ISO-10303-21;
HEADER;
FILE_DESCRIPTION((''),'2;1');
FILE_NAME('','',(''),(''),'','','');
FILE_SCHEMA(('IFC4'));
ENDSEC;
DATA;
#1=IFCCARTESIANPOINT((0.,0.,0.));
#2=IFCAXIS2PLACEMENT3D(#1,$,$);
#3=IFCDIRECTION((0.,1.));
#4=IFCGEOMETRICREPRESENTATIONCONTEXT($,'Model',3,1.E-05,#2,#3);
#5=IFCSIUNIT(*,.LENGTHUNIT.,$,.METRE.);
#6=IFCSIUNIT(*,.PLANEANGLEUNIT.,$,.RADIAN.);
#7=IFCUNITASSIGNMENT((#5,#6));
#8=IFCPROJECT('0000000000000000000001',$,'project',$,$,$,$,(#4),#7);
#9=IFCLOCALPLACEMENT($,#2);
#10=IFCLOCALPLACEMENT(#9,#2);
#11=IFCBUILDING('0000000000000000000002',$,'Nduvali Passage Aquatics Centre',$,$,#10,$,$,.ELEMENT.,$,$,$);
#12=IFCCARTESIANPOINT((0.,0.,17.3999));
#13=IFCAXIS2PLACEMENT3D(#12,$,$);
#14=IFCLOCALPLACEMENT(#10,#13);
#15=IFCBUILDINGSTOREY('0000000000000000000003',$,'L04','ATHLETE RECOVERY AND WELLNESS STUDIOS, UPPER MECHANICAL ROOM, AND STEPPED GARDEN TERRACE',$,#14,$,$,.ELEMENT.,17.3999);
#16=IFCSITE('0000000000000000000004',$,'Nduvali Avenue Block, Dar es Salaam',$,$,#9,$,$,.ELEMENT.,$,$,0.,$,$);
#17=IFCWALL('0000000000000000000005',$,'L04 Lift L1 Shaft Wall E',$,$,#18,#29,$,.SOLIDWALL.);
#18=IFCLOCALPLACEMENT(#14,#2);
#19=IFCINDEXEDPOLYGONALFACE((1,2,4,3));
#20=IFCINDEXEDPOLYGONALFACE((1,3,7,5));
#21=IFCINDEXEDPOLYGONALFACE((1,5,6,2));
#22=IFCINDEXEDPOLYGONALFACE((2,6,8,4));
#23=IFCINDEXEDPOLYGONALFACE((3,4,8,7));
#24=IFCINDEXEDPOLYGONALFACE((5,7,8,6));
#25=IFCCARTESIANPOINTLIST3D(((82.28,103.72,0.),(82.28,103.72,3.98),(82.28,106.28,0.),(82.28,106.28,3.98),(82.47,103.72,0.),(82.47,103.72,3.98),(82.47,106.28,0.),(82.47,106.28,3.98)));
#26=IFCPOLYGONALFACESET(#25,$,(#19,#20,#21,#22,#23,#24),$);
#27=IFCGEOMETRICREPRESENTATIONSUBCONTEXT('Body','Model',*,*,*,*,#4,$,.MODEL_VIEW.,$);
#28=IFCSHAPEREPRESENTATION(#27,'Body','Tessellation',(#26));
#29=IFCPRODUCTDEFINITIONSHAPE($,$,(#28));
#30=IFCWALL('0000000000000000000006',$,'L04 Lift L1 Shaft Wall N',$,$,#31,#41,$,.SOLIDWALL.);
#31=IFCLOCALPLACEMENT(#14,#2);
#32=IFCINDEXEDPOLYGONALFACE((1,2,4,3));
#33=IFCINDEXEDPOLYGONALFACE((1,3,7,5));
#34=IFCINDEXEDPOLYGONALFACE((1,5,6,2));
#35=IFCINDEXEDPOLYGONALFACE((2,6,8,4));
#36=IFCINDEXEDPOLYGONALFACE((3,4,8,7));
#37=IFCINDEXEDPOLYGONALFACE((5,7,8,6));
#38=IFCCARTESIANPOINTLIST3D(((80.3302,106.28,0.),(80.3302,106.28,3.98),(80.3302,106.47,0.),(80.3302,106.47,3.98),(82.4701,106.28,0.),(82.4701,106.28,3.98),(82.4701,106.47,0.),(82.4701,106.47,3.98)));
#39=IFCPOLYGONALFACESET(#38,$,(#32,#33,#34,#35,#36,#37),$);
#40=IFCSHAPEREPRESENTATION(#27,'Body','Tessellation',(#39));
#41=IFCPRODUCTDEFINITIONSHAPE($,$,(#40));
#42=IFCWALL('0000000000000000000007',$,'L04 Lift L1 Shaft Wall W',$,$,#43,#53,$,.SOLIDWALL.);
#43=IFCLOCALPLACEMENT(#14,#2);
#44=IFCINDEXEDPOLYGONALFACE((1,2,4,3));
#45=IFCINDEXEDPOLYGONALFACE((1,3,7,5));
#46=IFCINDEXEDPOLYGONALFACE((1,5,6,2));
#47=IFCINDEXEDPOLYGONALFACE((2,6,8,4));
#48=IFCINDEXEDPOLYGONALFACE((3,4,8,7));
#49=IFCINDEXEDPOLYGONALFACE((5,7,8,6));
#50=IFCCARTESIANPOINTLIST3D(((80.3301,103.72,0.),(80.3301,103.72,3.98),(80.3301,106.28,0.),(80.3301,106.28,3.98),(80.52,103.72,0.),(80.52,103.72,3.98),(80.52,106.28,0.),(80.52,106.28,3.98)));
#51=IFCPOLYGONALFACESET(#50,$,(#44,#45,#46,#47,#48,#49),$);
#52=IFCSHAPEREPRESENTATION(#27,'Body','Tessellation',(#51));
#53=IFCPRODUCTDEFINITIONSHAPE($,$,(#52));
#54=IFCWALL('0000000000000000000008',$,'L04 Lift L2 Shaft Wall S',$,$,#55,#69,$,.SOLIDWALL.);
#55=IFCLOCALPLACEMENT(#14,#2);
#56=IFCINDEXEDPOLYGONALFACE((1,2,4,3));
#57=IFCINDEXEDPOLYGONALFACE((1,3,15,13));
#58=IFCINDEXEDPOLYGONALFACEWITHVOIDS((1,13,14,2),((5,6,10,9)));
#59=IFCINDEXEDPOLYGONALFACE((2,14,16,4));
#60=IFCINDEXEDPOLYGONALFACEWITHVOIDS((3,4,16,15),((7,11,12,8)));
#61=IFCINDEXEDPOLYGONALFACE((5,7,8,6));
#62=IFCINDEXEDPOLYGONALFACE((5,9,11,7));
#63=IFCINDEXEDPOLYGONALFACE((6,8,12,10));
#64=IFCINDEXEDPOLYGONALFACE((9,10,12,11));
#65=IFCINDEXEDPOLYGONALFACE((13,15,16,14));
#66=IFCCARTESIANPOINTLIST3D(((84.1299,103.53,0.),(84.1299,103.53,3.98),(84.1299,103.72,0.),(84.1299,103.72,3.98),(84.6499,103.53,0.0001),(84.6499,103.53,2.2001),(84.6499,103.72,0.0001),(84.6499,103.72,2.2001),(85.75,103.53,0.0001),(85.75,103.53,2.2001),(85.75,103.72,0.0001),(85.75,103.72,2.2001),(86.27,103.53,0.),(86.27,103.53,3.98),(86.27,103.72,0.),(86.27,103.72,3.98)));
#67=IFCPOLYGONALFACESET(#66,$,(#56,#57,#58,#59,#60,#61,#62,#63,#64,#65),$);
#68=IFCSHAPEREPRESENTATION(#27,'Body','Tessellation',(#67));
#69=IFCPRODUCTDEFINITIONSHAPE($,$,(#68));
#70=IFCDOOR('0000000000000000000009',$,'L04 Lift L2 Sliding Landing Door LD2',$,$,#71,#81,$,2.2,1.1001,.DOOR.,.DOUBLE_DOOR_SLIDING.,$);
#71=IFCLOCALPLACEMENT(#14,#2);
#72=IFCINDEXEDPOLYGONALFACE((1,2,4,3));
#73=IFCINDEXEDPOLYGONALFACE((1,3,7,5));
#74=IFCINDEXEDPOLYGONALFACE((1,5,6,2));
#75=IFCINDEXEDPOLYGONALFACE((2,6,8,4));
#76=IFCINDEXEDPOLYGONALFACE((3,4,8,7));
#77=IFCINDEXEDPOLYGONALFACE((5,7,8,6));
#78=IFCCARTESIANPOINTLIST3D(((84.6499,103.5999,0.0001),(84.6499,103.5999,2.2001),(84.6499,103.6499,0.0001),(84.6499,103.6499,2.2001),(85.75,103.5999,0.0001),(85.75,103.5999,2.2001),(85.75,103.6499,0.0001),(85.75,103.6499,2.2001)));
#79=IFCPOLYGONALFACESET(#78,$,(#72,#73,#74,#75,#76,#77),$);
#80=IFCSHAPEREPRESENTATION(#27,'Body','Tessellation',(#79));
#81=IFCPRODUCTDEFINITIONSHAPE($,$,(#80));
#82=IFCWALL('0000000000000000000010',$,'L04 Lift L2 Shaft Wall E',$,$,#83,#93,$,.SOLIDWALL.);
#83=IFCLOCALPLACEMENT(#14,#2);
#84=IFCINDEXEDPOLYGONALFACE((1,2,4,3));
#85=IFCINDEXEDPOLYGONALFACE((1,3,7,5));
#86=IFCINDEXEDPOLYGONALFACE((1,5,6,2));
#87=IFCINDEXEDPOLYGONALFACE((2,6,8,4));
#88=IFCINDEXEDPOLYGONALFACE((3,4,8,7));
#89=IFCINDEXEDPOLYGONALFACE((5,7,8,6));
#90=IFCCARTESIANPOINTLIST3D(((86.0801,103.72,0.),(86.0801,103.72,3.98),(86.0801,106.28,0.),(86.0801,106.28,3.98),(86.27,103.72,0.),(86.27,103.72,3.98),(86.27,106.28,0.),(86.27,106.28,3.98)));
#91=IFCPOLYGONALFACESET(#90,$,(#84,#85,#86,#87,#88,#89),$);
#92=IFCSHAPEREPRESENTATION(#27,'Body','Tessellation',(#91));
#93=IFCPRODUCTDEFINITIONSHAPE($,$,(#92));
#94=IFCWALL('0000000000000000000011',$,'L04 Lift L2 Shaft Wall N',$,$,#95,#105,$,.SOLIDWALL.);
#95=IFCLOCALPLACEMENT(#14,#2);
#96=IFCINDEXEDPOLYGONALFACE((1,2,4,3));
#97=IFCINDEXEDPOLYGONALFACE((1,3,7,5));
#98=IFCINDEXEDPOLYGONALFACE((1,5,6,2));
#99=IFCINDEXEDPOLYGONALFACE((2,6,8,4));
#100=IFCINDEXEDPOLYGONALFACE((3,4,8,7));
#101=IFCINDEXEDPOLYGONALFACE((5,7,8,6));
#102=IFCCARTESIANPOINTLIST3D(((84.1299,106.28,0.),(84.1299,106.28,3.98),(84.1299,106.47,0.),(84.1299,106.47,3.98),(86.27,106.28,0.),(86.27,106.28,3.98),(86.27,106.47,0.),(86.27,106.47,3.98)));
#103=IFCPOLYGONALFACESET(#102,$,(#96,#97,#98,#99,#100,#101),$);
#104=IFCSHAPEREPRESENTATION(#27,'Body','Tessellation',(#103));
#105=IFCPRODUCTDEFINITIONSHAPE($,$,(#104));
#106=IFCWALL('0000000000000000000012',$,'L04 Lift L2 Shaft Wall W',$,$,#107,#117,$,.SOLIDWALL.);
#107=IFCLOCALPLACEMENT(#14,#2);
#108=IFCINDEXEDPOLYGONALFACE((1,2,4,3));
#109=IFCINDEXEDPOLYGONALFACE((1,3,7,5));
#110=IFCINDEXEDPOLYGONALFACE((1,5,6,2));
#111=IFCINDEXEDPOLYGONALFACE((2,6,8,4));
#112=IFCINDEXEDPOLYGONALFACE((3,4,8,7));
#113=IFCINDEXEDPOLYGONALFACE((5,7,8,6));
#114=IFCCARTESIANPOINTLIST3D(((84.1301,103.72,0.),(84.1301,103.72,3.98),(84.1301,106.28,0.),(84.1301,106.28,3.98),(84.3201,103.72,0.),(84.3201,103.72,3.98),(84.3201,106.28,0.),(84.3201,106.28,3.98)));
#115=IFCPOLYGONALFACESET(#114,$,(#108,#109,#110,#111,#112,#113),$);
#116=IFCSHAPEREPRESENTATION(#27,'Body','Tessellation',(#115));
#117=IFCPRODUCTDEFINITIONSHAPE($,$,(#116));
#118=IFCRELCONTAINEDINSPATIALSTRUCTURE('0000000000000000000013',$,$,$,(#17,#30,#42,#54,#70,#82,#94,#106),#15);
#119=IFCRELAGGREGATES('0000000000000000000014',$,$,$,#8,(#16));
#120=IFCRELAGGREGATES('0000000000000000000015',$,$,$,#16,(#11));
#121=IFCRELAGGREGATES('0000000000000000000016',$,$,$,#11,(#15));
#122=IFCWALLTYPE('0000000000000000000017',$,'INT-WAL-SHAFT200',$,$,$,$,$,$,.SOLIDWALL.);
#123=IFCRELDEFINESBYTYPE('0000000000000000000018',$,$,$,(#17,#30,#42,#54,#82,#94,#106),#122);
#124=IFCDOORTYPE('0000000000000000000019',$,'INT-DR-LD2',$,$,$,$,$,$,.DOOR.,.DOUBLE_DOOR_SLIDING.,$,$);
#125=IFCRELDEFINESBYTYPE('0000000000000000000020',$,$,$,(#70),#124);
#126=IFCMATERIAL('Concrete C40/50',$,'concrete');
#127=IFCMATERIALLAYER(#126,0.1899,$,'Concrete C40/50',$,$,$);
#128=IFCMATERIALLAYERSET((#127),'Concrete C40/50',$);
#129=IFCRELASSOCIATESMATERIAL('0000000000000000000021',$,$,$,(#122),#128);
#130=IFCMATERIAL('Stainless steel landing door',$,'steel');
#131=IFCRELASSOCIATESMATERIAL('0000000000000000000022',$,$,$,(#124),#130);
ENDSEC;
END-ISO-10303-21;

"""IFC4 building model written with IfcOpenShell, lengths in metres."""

from ifc_helpers import new_model, si_unit, direction, frame, frame_2d, origin, place, context, subcontext, project, spatial, rectangle, extrude, material, layer, layer_set, type_object, element, fill, save


model = new_model("IFC4")

# Units and contexts
model_context = context("Model", 3, precision=1e-05, world=origin(), true_north=direction((0.0, 1.0)))
body_context = subcontext(model_context, "Body", "Model", "MODEL_VIEW")
ifc_project = project(units=[si_unit("LENGTHUNIT", "METRE"), si_unit("PLANEANGLEUNIT", "RADIAN")], contexts=[model_context])

# Site, building, storey
site_placement = place(None, origin())
site = spatial("IfcSite", under=ifc_project, at=site_placement, Name="Nduvali Avenue Block, Dar es Salaam", CompositionType="ELEMENT", RefElevation=0.0)
building_placement = place(site_placement, origin())
building = spatial("IfcBuilding", under=site, at=building_placement, Name="Nduvali Passage Aquatics Centre", CompositionType="ELEMENT")
storey_placement = place(building_placement, frame((0.0, 0.0, 17.3999)))
storey = spatial("IfcBuildingStorey", under=building, at=storey_placement, Name="L04", Description="ATHLETE RECOVERY AND WELLNESS STUDIOS, UPPER MECHANICAL ROOM, AND STEPPED GARDEN TERRACE", CompositionType="ELEMENT", Elevation=17.3999)

# Walls
ifc_material_1 = material(Name="Concrete C40/50", Category="concrete")
ifc_layer_1 = layer(ifc_material_1, 0.1899, Name="Concrete C40/50")
ifc_layer_set_1 = layer_set([ifc_layer_1], Name="Concrete C40/50")
wall_type_1 = type_object("IfcWallType", Name="INT-WAL-SHAFT200", PredefinedType="SOLIDWALL", material=ifc_layer_set_1)
wall_1_placement = place(storey_placement, frame((82.375, 103.72, 0.0), z_axis=(0.0, 0.0, 1.0), x_axis=(0.0, 1.0, 0.0)))
element("IfcWall", 1, at=wall_1_placement, inside=storey, type_object=wall_type_1, Name="L04 Lift L1 Shaft Wall E", PredefinedType="SOLIDWALL", context=body_context, shape_type="SweptSolid", body=[
    extrude(rectangle(XDim=2.5601, YDim=0.1899, at=frame_2d((1.28, 0.0))), origin(), (0.0, 0.0, 1.0), 3.98),
])
wall_2_placement = place(storey_placement, frame((82.47, 106.375, 0.0), z_axis=(0.0, 0.0, 1.0), x_axis=(-1.0, 0.0, 0.0)))
element("IfcWall", 2, at=wall_2_placement, inside=storey, type_object=wall_type_1, Name="L04 Lift L1 Shaft Wall N", PredefinedType="SOLIDWALL", context=body_context, shape_type="SweptSolid", body=[
    extrude(rectangle(XDim=2.1399, YDim=0.1899, at=frame_2d((1.0698, 0.0))), origin(), (0.0, 0.0, 1.0), 3.98),
])
wall_3_placement = place(storey_placement, frame((80.425, 106.28, 0.0), z_axis=(0.0, 0.0, 1.0), x_axis=(0.0, -1.0, 0.0)))
element("IfcWall", 3, at=wall_3_placement, inside=storey, type_object=wall_type_1, Name="L04 Lift L1 Shaft Wall W", PredefinedType="SOLIDWALL", context=body_context, shape_type="SweptSolid", body=[
    extrude(rectangle(XDim=2.5601, YDim=0.1899, at=frame_2d((1.28, 0.0))), origin(), (0.0, 0.0, 1.0), 3.98),
])

# Wall, opening, door
wall_4_placement = place(storey_placement, frame((84.1299, 103.625, 0.0), z_axis=(0.0, 0.0, 1.0), x_axis=(1.0, 0.0, 0.0)))
wall_4 = element("IfcWall", 4, at=wall_4_placement, inside=storey, type_object=wall_type_1, Name="L04 Lift L2 Shaft Wall S", PredefinedType="SOLIDWALL", context=body_context, shape_type="SweptSolid", body=[
    extrude(rectangle(XDim=2.1401, YDim=0.1899, at=frame_2d((1.0701, 0.0))), origin(), (0.0, 0.0, 1.0), 3.98),
])
opening_1_placement = place(wall_4_placement, frame((0.52, 0.0, 0.0)))
opening_1 = element("IfcOpeningElement", 5, at=opening_1_placement, cuts=wall_4, PredefinedType="OPENING", context=body_context, shape_type="SweptSolid", body=[
    extrude(rectangle(XDim=1.1001, YDim=2.2, at=frame_2d((0.55, 1.1001))), frame((0.0, 0.1099, 0.0), z_axis=(0.0, -1.0, 0.0), x_axis=(1.0, 0.0, 0.0)), (0.0, 0.0, 1.0), 0.2197),
])
ifc_material_2 = material(Name="Stainless steel landing door", Category="steel")
door_type_1 = type_object("IfcDoorType", Name="INT-DR-LD2", OperationType="DOUBLE_DOOR_SLIDING", PredefinedType="DOOR", material=ifc_material_2)
door_1_placement = place(opening_1_placement, origin())
door_1 = element("IfcDoor", 6, at=door_1_placement, inside=storey, type_object=door_type_1, Name="L04 Lift L2 Sliding Landing Door LD2", OperationType="DOUBLE_DOOR_SLIDING", OverallHeight=2.2, OverallWidth=1.1001, PredefinedType="DOOR", context=body_context, shape_type="SweptSolid", body=[
    extrude(rectangle(XDim=1.1001, YDim=2.2, at=frame_2d((0.55, 1.1001))), frame((0.0, 0.0249, 0.0), z_axis=(0.0, -1.0, 0.0), x_axis=(1.0, 0.0, 0.0)), (0.0, 0.0, 1.0), 0.05),
])
fill(opening_1, door_1)

# Walls
wall_5_placement = place(storey_placement, frame((86.175, 103.72, 0.0), z_axis=(0.0, 0.0, 1.0), x_axis=(0.0, 1.0, 0.0)))
element("IfcWall", 7, at=wall_5_placement, inside=storey, type_object=wall_type_1, Name="L04 Lift L2 Shaft Wall E", PredefinedType="SOLIDWALL", context=body_context, shape_type="SweptSolid", body=[
    extrude(rectangle(XDim=2.5601, YDim=0.1899, at=frame_2d((1.28, 0.0))), origin(), (0.0, 0.0, 1.0), 3.98),
])
wall_6_placement = place(storey_placement, frame((86.27, 106.375, 0.0), z_axis=(0.0, 0.0, 1.0), x_axis=(-1.0, 0.0, 0.0)))
element("IfcWall", 8, at=wall_6_placement, inside=storey, type_object=wall_type_1, Name="L04 Lift L2 Shaft Wall N", PredefinedType="SOLIDWALL", context=body_context, shape_type="SweptSolid", body=[
    extrude(rectangle(XDim=2.1401, YDim=0.1899, at=frame_2d((1.0701, 0.0))), origin(), (0.0, 0.0, 1.0), 3.98),
])
wall_7_placement = place(storey_placement, frame((84.2251, 106.28, 0.0), z_axis=(0.0, 0.0, 1.0), x_axis=(0.0, -1.0, 0.0)))
element("IfcWall", 9, at=wall_7_placement, inside=storey, type_object=wall_type_1, Name="L04 Lift L2 Shaft Wall W", PredefinedType="SOLIDWALL", context=body_context, shape_type="SweptSolid", body=[
    extrude(rectangle(XDim=2.5601, YDim=0.1899, at=frame_2d((1.28, 0.0))), origin(), (0.0, 0.0, 1.0), 3.98),
])

save(model, "model.ifc")
